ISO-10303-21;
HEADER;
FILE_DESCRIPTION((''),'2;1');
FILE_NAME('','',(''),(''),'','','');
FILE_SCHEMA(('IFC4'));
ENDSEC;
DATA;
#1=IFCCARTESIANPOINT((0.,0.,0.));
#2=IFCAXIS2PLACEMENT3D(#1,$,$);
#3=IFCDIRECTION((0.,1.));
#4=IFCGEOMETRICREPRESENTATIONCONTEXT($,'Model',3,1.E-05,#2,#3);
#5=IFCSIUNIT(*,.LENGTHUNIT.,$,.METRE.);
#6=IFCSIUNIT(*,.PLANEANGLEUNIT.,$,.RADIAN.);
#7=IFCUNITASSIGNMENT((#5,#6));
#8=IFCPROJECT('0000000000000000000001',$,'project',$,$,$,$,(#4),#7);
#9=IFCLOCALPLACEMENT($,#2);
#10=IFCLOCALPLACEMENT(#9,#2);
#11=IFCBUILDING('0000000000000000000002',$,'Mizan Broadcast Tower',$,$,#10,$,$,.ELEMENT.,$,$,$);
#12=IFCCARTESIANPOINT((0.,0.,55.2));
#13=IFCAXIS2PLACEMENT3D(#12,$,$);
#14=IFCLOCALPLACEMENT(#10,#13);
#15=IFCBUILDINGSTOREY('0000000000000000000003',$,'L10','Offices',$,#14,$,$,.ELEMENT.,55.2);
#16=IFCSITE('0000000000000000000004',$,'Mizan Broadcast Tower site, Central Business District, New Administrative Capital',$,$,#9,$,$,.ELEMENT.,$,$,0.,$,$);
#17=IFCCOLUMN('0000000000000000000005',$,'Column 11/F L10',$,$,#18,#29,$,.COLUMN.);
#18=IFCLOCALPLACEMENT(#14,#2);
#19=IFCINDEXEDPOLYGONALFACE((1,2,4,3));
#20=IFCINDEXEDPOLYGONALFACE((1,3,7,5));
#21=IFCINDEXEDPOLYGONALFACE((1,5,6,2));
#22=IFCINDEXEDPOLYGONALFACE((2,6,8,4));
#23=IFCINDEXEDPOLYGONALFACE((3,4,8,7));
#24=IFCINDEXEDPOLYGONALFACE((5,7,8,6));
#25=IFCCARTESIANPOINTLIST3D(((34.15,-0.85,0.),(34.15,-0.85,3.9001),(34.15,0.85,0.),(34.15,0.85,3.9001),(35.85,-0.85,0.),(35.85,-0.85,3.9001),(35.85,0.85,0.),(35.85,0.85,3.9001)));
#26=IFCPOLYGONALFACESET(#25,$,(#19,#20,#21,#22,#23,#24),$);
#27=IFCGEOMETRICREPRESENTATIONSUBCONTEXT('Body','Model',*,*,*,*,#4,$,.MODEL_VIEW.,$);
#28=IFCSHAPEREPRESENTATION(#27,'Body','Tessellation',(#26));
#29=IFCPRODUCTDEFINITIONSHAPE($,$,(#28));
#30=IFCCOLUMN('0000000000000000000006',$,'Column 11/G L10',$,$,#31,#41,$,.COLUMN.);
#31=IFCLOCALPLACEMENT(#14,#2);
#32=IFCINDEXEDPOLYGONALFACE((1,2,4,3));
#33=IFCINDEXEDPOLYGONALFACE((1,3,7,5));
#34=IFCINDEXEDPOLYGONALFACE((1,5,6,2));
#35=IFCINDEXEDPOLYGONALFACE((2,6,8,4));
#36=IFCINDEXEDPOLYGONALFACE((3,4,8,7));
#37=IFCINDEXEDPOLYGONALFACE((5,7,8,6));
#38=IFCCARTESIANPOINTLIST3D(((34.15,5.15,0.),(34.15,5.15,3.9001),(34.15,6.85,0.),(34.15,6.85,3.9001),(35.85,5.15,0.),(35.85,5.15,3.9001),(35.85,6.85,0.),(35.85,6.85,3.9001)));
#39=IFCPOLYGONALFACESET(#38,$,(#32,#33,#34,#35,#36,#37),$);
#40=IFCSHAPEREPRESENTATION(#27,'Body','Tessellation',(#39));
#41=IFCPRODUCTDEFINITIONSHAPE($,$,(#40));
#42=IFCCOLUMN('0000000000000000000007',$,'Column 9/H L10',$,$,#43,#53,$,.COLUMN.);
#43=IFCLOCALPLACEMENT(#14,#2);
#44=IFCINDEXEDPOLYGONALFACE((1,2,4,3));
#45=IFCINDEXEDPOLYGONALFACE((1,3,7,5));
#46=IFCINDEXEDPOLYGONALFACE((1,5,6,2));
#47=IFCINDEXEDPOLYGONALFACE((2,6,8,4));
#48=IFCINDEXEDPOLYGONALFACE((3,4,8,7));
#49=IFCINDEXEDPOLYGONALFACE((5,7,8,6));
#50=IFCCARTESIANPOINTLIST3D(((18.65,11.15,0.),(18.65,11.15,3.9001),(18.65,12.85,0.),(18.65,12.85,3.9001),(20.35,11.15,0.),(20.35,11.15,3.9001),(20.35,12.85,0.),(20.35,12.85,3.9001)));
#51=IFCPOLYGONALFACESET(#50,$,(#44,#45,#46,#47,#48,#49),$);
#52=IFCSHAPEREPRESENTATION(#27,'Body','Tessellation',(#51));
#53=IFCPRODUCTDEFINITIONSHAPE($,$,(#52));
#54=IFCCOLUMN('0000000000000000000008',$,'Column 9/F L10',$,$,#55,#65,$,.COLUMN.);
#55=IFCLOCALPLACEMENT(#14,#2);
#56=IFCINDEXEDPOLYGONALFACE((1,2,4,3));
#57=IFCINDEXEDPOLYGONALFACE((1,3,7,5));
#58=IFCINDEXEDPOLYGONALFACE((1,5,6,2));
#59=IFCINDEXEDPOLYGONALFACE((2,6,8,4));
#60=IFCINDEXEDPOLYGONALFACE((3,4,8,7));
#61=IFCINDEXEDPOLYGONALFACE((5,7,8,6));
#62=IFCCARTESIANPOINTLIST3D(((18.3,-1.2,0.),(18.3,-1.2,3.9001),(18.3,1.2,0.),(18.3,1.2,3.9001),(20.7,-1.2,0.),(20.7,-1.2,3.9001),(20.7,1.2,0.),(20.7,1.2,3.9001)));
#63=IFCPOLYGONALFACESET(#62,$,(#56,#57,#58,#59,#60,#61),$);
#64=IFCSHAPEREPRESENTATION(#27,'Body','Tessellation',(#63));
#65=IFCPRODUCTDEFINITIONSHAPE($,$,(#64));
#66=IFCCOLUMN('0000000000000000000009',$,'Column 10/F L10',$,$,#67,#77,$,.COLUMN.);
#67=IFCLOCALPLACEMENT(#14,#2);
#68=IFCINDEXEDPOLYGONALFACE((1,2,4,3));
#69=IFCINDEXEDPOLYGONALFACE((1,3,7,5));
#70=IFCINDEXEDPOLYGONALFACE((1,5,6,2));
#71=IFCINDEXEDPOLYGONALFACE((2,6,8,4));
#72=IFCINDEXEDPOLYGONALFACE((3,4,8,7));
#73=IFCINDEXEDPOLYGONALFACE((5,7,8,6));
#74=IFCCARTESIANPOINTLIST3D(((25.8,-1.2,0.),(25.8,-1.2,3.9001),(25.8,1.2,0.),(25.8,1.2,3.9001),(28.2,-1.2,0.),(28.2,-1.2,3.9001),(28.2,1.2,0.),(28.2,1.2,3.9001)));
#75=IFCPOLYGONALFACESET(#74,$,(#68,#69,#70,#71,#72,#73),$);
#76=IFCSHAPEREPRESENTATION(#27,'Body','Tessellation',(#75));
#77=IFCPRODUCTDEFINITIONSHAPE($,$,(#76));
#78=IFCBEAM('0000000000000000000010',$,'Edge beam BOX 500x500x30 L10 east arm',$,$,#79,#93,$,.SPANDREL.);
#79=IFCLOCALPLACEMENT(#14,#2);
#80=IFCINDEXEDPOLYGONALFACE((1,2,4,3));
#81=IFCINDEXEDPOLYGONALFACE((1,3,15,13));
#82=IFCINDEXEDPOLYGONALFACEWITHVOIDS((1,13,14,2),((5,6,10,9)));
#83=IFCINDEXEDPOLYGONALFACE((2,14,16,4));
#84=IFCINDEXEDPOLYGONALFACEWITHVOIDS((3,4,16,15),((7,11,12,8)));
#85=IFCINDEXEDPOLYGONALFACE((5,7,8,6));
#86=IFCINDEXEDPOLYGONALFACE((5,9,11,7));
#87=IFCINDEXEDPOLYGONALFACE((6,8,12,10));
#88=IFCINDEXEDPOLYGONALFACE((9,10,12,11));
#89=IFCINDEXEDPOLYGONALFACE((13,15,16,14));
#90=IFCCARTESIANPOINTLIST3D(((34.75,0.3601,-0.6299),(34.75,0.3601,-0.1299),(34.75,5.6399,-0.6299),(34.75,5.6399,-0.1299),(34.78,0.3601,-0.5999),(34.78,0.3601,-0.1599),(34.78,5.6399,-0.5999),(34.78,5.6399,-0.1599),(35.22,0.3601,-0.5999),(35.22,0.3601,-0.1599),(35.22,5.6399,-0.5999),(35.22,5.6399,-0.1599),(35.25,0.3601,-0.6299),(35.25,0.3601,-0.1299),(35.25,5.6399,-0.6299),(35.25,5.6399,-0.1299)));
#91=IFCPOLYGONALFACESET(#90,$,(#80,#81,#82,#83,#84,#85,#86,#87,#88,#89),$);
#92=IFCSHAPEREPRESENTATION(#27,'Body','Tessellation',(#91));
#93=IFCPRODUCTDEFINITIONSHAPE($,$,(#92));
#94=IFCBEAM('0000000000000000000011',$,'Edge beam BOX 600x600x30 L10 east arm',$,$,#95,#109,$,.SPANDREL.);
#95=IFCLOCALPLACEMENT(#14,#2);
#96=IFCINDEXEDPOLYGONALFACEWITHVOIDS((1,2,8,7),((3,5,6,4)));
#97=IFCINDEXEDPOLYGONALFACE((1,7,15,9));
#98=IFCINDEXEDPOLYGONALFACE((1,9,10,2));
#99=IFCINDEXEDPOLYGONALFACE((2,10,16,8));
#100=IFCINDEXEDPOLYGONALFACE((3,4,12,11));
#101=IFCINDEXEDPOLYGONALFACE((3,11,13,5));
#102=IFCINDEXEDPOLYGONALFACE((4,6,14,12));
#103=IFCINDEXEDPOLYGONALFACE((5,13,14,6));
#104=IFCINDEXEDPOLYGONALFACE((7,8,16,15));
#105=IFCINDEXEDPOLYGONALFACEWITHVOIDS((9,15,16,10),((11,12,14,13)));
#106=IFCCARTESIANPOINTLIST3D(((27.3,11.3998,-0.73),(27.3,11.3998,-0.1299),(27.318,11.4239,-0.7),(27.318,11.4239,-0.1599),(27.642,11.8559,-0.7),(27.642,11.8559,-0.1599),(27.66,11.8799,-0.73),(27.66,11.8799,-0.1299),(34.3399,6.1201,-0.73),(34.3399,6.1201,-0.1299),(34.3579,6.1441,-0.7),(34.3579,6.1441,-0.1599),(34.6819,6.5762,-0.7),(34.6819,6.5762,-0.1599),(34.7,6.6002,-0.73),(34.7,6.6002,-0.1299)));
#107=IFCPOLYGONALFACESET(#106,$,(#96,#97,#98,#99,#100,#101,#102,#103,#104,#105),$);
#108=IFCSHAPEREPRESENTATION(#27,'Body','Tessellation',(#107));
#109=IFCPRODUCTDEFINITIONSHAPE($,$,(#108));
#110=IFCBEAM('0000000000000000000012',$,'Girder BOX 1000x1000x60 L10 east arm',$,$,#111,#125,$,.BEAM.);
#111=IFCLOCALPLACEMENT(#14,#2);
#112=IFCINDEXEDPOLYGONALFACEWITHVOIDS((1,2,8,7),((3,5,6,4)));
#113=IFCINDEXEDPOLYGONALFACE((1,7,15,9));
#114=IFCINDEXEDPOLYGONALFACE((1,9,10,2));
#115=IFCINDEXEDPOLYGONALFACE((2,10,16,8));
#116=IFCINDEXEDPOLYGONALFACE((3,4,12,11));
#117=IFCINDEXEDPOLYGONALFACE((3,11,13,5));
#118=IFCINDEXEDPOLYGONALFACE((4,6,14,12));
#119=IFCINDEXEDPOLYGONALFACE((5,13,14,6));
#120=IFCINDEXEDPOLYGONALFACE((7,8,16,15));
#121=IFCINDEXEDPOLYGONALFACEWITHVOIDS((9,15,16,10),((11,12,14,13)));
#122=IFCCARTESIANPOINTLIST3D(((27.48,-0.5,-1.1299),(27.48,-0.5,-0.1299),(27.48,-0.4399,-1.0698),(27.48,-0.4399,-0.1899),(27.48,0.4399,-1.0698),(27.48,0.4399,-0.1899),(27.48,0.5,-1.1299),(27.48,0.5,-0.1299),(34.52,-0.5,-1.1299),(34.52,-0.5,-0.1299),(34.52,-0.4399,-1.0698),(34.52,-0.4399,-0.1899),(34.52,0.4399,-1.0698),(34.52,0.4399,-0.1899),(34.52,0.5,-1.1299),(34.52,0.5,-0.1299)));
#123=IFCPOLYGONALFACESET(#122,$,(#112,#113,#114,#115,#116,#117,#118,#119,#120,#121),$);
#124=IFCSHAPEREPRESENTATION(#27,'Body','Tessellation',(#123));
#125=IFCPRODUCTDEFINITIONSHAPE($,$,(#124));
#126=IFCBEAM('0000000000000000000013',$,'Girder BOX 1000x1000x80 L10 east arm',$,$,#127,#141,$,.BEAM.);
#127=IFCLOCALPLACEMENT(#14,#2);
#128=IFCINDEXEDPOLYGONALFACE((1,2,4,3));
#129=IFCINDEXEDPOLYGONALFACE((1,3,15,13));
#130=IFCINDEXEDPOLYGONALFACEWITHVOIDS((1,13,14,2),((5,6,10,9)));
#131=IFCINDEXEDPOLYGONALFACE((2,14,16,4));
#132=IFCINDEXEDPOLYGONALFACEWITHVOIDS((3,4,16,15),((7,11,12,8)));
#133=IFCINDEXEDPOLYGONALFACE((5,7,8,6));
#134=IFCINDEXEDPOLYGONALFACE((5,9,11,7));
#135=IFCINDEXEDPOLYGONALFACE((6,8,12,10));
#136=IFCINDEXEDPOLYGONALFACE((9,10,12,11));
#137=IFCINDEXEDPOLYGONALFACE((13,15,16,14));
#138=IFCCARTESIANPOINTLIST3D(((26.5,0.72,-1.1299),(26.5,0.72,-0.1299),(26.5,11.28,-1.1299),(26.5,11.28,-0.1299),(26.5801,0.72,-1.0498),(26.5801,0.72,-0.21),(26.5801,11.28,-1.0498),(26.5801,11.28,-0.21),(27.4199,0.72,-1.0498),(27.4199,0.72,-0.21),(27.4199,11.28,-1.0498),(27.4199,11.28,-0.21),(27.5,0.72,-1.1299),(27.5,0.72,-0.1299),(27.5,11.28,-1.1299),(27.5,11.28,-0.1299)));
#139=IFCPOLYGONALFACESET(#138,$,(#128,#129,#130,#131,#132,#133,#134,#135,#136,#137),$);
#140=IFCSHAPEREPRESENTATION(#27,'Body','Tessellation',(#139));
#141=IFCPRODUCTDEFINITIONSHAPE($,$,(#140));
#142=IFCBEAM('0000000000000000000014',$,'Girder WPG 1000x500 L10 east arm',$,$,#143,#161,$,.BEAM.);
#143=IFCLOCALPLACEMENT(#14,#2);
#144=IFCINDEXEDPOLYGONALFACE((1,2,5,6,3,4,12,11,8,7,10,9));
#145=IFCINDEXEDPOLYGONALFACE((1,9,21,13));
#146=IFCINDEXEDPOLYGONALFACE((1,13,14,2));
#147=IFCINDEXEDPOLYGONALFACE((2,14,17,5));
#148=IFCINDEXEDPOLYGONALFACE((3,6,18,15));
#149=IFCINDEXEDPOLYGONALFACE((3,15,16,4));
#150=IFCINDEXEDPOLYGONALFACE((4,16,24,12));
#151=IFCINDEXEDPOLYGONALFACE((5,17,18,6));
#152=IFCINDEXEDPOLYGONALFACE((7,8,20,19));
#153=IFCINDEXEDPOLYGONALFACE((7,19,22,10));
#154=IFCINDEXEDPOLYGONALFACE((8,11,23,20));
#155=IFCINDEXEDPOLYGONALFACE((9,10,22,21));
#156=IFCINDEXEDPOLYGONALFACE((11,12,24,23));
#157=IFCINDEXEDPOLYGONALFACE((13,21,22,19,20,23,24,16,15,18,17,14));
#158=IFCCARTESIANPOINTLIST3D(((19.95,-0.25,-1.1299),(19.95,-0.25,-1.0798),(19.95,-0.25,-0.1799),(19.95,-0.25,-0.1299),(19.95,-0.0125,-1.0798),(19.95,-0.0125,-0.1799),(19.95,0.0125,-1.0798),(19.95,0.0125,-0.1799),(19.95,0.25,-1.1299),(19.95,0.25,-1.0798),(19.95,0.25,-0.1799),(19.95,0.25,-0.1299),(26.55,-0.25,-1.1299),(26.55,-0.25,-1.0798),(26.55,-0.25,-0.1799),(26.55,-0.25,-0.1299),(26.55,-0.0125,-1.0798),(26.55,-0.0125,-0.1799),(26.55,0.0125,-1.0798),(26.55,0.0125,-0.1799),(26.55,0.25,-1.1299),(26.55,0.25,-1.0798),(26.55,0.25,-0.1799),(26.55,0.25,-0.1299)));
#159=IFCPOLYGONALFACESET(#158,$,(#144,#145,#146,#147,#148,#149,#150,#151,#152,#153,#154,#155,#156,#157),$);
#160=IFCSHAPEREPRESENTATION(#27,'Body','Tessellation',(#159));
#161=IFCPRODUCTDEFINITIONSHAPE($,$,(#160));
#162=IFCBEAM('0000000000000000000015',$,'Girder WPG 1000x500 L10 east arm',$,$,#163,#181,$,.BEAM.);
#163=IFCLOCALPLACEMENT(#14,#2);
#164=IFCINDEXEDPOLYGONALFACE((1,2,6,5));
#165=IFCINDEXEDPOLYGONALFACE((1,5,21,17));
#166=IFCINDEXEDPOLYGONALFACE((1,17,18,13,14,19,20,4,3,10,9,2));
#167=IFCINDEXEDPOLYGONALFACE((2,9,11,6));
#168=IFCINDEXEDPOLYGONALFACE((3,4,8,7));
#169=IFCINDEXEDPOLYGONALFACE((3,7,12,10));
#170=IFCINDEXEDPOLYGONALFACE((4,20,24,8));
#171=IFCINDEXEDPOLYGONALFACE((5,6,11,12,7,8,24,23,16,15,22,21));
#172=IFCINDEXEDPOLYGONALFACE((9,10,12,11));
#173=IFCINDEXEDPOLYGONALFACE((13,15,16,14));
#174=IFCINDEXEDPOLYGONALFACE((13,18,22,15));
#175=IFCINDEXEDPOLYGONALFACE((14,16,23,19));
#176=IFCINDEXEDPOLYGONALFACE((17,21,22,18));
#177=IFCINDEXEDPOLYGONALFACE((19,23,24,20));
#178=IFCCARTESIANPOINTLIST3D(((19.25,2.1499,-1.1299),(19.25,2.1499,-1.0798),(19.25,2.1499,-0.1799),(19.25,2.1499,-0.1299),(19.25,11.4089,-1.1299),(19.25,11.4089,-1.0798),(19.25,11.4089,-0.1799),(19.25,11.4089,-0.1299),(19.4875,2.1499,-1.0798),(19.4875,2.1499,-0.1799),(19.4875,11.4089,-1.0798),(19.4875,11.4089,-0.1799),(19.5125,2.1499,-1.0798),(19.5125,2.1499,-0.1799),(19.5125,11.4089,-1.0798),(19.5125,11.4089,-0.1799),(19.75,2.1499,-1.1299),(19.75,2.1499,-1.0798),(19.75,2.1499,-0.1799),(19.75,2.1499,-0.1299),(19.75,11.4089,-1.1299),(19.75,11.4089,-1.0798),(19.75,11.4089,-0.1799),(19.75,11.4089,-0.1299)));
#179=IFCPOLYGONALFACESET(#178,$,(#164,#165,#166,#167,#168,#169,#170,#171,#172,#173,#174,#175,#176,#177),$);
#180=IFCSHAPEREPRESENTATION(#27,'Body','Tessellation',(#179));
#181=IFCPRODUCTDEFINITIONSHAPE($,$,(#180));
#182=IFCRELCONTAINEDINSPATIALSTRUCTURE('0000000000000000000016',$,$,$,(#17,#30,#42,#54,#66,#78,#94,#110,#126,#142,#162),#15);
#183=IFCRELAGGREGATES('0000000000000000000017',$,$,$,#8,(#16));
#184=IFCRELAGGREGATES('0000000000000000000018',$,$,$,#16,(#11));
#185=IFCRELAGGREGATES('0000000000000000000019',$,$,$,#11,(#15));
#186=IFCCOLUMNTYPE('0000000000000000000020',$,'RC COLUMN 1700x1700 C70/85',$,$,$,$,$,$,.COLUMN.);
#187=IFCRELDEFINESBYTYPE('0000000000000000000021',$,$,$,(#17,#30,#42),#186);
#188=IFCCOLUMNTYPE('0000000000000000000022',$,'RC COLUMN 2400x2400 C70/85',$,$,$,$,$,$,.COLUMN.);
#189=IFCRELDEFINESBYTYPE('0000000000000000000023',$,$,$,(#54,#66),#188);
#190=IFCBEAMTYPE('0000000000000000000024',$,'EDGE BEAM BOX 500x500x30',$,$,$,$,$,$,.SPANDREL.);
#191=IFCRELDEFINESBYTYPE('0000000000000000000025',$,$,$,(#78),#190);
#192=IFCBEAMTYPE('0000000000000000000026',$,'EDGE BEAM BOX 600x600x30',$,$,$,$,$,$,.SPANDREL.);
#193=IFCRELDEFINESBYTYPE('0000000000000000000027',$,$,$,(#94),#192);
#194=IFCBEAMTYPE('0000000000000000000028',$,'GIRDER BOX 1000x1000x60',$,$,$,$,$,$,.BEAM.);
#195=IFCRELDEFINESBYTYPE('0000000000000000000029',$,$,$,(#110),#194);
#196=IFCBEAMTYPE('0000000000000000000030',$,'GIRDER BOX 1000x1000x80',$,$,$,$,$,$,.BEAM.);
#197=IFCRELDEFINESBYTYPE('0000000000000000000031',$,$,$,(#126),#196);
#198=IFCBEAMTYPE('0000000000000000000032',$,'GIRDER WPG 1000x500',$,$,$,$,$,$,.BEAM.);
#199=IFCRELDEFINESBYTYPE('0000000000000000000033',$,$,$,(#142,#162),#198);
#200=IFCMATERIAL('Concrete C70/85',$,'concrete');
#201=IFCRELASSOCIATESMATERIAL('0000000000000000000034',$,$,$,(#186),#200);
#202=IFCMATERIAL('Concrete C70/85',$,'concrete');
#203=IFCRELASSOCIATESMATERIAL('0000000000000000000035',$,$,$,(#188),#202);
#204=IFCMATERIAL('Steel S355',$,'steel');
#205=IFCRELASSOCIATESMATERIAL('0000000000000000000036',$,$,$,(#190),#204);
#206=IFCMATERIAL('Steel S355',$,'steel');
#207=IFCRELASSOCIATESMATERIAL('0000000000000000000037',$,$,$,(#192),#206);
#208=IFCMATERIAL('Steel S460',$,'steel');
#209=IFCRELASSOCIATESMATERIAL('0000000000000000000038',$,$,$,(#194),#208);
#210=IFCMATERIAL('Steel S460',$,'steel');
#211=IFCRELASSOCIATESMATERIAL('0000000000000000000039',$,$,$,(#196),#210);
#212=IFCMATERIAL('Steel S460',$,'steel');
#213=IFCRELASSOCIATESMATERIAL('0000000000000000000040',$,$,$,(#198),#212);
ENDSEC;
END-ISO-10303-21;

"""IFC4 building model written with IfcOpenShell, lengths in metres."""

from ifc_helpers import new_model, si_unit, direction, frame, origin, origin_2d, place, context, subcontext, project, spatial, rectangle, hollow_rectangle, i_section, extrude, material, material_profile, profile_set, type_object, element, save


model = new_model("IFC4")

# Units and contexts
model_context = context("Model", 3, precision=1e-05, world=origin(), true_north=direction((0.0, 1.0)))
body_context = subcontext(model_context, "Body", "Model", "MODEL_VIEW")
ifc_project = project(units=[si_unit("LENGTHUNIT", "METRE"), si_unit("PLANEANGLEUNIT", "RADIAN")], contexts=[model_context])

# Site, building, storey
site_placement = place(None, origin())
site = spatial("IfcSite", under=ifc_project, at=site_placement, Name="Mizan Broadcast Tower site, Central Business District, New Administrative Capital", CompositionType="ELEMENT", RefElevation=0.0)
building_placement = place(site_placement, origin())
building = spatial("IfcBuilding", under=site, at=building_placement, Name="Mizan Broadcast Tower", CompositionType="ELEMENT")
storey_placement = place(building_placement, frame((0.0, 0.0, 55.2)))
storey = spatial("IfcBuildingStorey", under=building, at=storey_placement, Name="L10", Description="Offices", CompositionType="ELEMENT", Elevation=55.2)

# Columns
ifc_material_1 = material(Name="Concrete C70/85", Category="concrete")
ifc_material_profile_1 = material_profile(ifc_material_1, rectangle(XDim=1.7, YDim=1.7, at=origin_2d()), Name="RC 1700x1700")
ifc_profile_set_1 = profile_set([ifc_material_profile_1], Name="Concrete C70/85")
column_type_1 = type_object("IfcColumnType", Name="RC COLUMN 1700x1700 C70/85", PredefinedType="COLUMN", material=ifc_profile_set_1)
for number, where, z_axis, x_axis, name in (
    (1, (35.0, 0.0, 0.0), (0.0, 0.0, 1.0), (1.0, 0.0, 0.0), "Column 11/F L10"),
    (2, (35.0, 6.0, 0.0), (0.0, 0.0, 1.0), (1.0, 0.0, 0.0), "Column 11/G L10"),
    (3, (19.5, 12.0, 0.0), (0.0, 0.0, 1.0), (1.0, 0.0, 0.0), "Column 9/H L10"),
):
    element("IfcColumn", number, at=place(storey_placement, frame(where, z_axis=z_axis, x_axis=x_axis)), inside=storey, type_object=column_type_1, Name=name, PredefinedType="COLUMN", context=body_context, shape_type="SweptSolid", body=[
        extrude(rectangle(XDim=1.7, YDim=1.7, at=origin_2d()), origin(), (0.0, 0.0, 1.0), 3.9001),
    ])
ifc_material_2 = material(Name="Concrete C70/85", Category="concrete")
ifc_material_profile_2 = material_profile(ifc_material_2, rectangle(XDim=2.3999, YDim=2.3999, at=origin_2d()), Name="RC 2400x2400")
ifc_profile_set_2 = profile_set([ifc_material_profile_2], Name="Concrete C70/85")
column_type_2 = type_object("IfcColumnType", Name="RC COLUMN 2400x2400 C70/85", PredefinedType="COLUMN", material=ifc_profile_set_2)
for number, where, z_axis, x_axis, name in (
    (4, (19.5, 0.0, 0.0), (0.0, 0.0, 1.0), (1.0, 0.0, 0.0), "Column 9/F L10"),
    (5, (27.0, 0.0, 0.0), (0.0, 0.0, 1.0), (1.0, 0.0, 0.0), "Column 10/F L10"),
):
    element("IfcColumn", number, at=place(storey_placement, frame(where, z_axis=z_axis, x_axis=x_axis)), inside=storey, type_object=column_type_2, Name=name, PredefinedType="COLUMN", context=body_context, shape_type="SweptSolid", body=[
        extrude(rectangle(XDim=2.3999, YDim=2.3999, at=origin_2d()), origin(), (0.0, 0.0, 1.0), 3.9001),
    ])

# Beams
ifc_material_3 = material(Name="Steel S355", Category="steel")
ifc_material_profile_3 = material_profile(ifc_material_3, hollow_rectangle(XDim=0.5, YDim=0.5, WallThickness=0.03, at=origin_2d()), Name="BOX 500x500x30")
ifc_profile_set_3 = profile_set([ifc_material_profile_3], Name="Steel S355")
beam_type_1 = type_object("IfcBeamType", Name="EDGE BEAM BOX 500x500x30", PredefinedType="SPANDREL", material=ifc_profile_set_3)
beam_1_placement = place(storey_placement, frame((35.0, 5.6399, -0.3799), z_axis=(0.0, -1.0, 0.0), x_axis=(1.0, 0.0, 0.0)))
element("IfcBeam", 6, at=beam_1_placement, inside=storey, type_object=beam_type_1, Name="Edge beam BOX 500x500x30 L10 east arm", PredefinedType="SPANDREL", context=body_context, shape_type="SweptSolid", body=[
    extrude(hollow_rectangle(XDim=0.5, YDim=0.5, WallThickness=0.03, at=origin_2d()), origin(), (0.0, 0.0, 1.0), 5.2798),
])
ifc_material_4 = material(Name="Steel S355", Category="steel")
ifc_material_profile_4 = material_profile(ifc_material_4, hollow_rectangle(XDim=0.6001, YDim=0.6001, WallThickness=0.03, at=origin_2d()), Name="BOX 600x600x30")
ifc_profile_set_4 = profile_set([ifc_material_profile_4], Name="Steel S355")
beam_type_2 = type_object("IfcBeamType", Name="EDGE BEAM BOX 600x600x30", PredefinedType="SPANDREL", material=ifc_profile_set_4)
beam_2_placement = place(storey_placement, frame((27.48, 11.6399, -0.4299), z_axis=(0.800013, -0.599982, 0.0), x_axis=(0.599982, 0.800013, 0.0)))
element("IfcBeam", 7, at=beam_2_placement, inside=storey, type_object=beam_type_2, Name="Edge beam BOX 600x600x30 L10 east arm", PredefinedType="SPANDREL", context=body_context, shape_type="SweptSolid", body=[
    extrude(hollow_rectangle(XDim=0.6001, YDim=0.6001, WallThickness=0.03, at=origin_2d()), origin(), (0.0, 0.0, 1.0), 8.7998),
])
ifc_material_5 = material(Name="Steel S460", Category="steel")
ifc_material_profile_5 = material_profile(ifc_material_5, hollow_rectangle(XDim=1.0, YDim=1.0, WallThickness=0.0601, at=origin_2d()), Name="BOX 1000x1000x60")
ifc_profile_set_5 = profile_set([ifc_material_profile_5], Name="Steel S460")
beam_type_3 = type_object("IfcBeamType", Name="GIRDER BOX 1000x1000x60", PredefinedType="BEAM", material=ifc_profile_set_5)
beam_3_placement = place(storey_placement, frame((27.48, 0.0, -0.6299), z_axis=(1.0, 0.0, 0.0), x_axis=(0.0, 1.0, 0.0)))
element("IfcBeam", 8, at=beam_3_placement, inside=storey, type_object=beam_type_3, Name="Girder BOX 1000x1000x60 L10 east arm", PredefinedType="BEAM", context=body_context, shape_type="SweptSolid", body=[
    extrude(hollow_rectangle(XDim=1.0, YDim=1.0, WallThickness=0.0601, at=origin_2d()), origin(), (0.0, 0.0, 1.0), 7.04),
])
ifc_material_6 = material(Name="Steel S460", Category="steel")
ifc_material_profile_6 = material_profile(ifc_material_6, hollow_rectangle(XDim=1.0, YDim=1.0, WallThickness=0.0801, at=origin_2d()), Name="BOX 1000x1000x80")
ifc_profile_set_6 = profile_set([ifc_material_profile_6], Name="Steel S460")
beam_type_4 = type_object("IfcBeamType", Name="GIRDER BOX 1000x1000x80", PredefinedType="BEAM", material=ifc_profile_set_6)
beam_4_placement = place(storey_placement, frame((27.0, 11.28, -0.6299), z_axis=(0.0, -1.0, 0.0), x_axis=(1.0, 0.0, 0.0)))
element("IfcBeam", 9, at=beam_4_placement, inside=storey, type_object=beam_type_4, Name="Girder BOX 1000x1000x80 L10 east arm", PredefinedType="BEAM", context=body_context, shape_type="SweptSolid", body=[
    extrude(hollow_rectangle(XDim=1.0, YDim=1.0, WallThickness=0.0801, at=origin_2d()), origin(), (0.0, 0.0, 1.0), 10.5601),
])
ifc_material_7 = material(Name="Steel S460", Category="steel")
ifc_material_profile_7 = material_profile(ifc_material_7, i_section(OverallWidth=0.5, OverallDepth=1.0, WebThickness=0.0249, FlangeThickness=0.05, at=origin_2d()), Name="WPG 1000x500")
ifc_profile_set_7 = profile_set([ifc_material_profile_7], Name="Steel S460")
beam_type_5 = type_object("IfcBeamType", Name="GIRDER WPG 1000x500", PredefinedType="BEAM", material=ifc_profile_set_7)
beam_5_placement = place(storey_placement, frame((19.95, 0.0, -0.6299), z_axis=(1.0, 0.0, 0.0), x_axis=(0.0, 1.0, 0.0)))
element("IfcBeam", 10, at=beam_5_placement, inside=storey, type_object=beam_type_5, Name="Girder WPG 1000x500 L10 east arm", PredefinedType="BEAM", context=body_context, shape_type="SweptSolid", body=[
    extrude(i_section(OverallWidth=0.5, OverallDepth=1.0, WebThickness=0.0249, FlangeThickness=0.05, at=origin_2d()), origin(), (0.0, 0.0, 1.0), 6.6001),
])
beam_6_placement = place(storey_placement, frame((19.5, 11.4089, -0.6299), z_axis=(0.0, -1.0, 0.0), x_axis=(1.0, 0.0, 0.0)))
element("IfcBeam", 11, at=beam_6_placement, inside=storey, type_object=beam_type_5, Name="Girder WPG 1000x500 L10 east arm", PredefinedType="BEAM", context=body_context, shape_type="SweptSolid", body=[
    extrude(i_section(OverallWidth=0.5, OverallDepth=1.0, WebThickness=0.0249, FlangeThickness=0.05, at=origin_2d()), origin(), (0.0, 0.0, 1.0), 9.259),
])

save(model, "model.ifc")
